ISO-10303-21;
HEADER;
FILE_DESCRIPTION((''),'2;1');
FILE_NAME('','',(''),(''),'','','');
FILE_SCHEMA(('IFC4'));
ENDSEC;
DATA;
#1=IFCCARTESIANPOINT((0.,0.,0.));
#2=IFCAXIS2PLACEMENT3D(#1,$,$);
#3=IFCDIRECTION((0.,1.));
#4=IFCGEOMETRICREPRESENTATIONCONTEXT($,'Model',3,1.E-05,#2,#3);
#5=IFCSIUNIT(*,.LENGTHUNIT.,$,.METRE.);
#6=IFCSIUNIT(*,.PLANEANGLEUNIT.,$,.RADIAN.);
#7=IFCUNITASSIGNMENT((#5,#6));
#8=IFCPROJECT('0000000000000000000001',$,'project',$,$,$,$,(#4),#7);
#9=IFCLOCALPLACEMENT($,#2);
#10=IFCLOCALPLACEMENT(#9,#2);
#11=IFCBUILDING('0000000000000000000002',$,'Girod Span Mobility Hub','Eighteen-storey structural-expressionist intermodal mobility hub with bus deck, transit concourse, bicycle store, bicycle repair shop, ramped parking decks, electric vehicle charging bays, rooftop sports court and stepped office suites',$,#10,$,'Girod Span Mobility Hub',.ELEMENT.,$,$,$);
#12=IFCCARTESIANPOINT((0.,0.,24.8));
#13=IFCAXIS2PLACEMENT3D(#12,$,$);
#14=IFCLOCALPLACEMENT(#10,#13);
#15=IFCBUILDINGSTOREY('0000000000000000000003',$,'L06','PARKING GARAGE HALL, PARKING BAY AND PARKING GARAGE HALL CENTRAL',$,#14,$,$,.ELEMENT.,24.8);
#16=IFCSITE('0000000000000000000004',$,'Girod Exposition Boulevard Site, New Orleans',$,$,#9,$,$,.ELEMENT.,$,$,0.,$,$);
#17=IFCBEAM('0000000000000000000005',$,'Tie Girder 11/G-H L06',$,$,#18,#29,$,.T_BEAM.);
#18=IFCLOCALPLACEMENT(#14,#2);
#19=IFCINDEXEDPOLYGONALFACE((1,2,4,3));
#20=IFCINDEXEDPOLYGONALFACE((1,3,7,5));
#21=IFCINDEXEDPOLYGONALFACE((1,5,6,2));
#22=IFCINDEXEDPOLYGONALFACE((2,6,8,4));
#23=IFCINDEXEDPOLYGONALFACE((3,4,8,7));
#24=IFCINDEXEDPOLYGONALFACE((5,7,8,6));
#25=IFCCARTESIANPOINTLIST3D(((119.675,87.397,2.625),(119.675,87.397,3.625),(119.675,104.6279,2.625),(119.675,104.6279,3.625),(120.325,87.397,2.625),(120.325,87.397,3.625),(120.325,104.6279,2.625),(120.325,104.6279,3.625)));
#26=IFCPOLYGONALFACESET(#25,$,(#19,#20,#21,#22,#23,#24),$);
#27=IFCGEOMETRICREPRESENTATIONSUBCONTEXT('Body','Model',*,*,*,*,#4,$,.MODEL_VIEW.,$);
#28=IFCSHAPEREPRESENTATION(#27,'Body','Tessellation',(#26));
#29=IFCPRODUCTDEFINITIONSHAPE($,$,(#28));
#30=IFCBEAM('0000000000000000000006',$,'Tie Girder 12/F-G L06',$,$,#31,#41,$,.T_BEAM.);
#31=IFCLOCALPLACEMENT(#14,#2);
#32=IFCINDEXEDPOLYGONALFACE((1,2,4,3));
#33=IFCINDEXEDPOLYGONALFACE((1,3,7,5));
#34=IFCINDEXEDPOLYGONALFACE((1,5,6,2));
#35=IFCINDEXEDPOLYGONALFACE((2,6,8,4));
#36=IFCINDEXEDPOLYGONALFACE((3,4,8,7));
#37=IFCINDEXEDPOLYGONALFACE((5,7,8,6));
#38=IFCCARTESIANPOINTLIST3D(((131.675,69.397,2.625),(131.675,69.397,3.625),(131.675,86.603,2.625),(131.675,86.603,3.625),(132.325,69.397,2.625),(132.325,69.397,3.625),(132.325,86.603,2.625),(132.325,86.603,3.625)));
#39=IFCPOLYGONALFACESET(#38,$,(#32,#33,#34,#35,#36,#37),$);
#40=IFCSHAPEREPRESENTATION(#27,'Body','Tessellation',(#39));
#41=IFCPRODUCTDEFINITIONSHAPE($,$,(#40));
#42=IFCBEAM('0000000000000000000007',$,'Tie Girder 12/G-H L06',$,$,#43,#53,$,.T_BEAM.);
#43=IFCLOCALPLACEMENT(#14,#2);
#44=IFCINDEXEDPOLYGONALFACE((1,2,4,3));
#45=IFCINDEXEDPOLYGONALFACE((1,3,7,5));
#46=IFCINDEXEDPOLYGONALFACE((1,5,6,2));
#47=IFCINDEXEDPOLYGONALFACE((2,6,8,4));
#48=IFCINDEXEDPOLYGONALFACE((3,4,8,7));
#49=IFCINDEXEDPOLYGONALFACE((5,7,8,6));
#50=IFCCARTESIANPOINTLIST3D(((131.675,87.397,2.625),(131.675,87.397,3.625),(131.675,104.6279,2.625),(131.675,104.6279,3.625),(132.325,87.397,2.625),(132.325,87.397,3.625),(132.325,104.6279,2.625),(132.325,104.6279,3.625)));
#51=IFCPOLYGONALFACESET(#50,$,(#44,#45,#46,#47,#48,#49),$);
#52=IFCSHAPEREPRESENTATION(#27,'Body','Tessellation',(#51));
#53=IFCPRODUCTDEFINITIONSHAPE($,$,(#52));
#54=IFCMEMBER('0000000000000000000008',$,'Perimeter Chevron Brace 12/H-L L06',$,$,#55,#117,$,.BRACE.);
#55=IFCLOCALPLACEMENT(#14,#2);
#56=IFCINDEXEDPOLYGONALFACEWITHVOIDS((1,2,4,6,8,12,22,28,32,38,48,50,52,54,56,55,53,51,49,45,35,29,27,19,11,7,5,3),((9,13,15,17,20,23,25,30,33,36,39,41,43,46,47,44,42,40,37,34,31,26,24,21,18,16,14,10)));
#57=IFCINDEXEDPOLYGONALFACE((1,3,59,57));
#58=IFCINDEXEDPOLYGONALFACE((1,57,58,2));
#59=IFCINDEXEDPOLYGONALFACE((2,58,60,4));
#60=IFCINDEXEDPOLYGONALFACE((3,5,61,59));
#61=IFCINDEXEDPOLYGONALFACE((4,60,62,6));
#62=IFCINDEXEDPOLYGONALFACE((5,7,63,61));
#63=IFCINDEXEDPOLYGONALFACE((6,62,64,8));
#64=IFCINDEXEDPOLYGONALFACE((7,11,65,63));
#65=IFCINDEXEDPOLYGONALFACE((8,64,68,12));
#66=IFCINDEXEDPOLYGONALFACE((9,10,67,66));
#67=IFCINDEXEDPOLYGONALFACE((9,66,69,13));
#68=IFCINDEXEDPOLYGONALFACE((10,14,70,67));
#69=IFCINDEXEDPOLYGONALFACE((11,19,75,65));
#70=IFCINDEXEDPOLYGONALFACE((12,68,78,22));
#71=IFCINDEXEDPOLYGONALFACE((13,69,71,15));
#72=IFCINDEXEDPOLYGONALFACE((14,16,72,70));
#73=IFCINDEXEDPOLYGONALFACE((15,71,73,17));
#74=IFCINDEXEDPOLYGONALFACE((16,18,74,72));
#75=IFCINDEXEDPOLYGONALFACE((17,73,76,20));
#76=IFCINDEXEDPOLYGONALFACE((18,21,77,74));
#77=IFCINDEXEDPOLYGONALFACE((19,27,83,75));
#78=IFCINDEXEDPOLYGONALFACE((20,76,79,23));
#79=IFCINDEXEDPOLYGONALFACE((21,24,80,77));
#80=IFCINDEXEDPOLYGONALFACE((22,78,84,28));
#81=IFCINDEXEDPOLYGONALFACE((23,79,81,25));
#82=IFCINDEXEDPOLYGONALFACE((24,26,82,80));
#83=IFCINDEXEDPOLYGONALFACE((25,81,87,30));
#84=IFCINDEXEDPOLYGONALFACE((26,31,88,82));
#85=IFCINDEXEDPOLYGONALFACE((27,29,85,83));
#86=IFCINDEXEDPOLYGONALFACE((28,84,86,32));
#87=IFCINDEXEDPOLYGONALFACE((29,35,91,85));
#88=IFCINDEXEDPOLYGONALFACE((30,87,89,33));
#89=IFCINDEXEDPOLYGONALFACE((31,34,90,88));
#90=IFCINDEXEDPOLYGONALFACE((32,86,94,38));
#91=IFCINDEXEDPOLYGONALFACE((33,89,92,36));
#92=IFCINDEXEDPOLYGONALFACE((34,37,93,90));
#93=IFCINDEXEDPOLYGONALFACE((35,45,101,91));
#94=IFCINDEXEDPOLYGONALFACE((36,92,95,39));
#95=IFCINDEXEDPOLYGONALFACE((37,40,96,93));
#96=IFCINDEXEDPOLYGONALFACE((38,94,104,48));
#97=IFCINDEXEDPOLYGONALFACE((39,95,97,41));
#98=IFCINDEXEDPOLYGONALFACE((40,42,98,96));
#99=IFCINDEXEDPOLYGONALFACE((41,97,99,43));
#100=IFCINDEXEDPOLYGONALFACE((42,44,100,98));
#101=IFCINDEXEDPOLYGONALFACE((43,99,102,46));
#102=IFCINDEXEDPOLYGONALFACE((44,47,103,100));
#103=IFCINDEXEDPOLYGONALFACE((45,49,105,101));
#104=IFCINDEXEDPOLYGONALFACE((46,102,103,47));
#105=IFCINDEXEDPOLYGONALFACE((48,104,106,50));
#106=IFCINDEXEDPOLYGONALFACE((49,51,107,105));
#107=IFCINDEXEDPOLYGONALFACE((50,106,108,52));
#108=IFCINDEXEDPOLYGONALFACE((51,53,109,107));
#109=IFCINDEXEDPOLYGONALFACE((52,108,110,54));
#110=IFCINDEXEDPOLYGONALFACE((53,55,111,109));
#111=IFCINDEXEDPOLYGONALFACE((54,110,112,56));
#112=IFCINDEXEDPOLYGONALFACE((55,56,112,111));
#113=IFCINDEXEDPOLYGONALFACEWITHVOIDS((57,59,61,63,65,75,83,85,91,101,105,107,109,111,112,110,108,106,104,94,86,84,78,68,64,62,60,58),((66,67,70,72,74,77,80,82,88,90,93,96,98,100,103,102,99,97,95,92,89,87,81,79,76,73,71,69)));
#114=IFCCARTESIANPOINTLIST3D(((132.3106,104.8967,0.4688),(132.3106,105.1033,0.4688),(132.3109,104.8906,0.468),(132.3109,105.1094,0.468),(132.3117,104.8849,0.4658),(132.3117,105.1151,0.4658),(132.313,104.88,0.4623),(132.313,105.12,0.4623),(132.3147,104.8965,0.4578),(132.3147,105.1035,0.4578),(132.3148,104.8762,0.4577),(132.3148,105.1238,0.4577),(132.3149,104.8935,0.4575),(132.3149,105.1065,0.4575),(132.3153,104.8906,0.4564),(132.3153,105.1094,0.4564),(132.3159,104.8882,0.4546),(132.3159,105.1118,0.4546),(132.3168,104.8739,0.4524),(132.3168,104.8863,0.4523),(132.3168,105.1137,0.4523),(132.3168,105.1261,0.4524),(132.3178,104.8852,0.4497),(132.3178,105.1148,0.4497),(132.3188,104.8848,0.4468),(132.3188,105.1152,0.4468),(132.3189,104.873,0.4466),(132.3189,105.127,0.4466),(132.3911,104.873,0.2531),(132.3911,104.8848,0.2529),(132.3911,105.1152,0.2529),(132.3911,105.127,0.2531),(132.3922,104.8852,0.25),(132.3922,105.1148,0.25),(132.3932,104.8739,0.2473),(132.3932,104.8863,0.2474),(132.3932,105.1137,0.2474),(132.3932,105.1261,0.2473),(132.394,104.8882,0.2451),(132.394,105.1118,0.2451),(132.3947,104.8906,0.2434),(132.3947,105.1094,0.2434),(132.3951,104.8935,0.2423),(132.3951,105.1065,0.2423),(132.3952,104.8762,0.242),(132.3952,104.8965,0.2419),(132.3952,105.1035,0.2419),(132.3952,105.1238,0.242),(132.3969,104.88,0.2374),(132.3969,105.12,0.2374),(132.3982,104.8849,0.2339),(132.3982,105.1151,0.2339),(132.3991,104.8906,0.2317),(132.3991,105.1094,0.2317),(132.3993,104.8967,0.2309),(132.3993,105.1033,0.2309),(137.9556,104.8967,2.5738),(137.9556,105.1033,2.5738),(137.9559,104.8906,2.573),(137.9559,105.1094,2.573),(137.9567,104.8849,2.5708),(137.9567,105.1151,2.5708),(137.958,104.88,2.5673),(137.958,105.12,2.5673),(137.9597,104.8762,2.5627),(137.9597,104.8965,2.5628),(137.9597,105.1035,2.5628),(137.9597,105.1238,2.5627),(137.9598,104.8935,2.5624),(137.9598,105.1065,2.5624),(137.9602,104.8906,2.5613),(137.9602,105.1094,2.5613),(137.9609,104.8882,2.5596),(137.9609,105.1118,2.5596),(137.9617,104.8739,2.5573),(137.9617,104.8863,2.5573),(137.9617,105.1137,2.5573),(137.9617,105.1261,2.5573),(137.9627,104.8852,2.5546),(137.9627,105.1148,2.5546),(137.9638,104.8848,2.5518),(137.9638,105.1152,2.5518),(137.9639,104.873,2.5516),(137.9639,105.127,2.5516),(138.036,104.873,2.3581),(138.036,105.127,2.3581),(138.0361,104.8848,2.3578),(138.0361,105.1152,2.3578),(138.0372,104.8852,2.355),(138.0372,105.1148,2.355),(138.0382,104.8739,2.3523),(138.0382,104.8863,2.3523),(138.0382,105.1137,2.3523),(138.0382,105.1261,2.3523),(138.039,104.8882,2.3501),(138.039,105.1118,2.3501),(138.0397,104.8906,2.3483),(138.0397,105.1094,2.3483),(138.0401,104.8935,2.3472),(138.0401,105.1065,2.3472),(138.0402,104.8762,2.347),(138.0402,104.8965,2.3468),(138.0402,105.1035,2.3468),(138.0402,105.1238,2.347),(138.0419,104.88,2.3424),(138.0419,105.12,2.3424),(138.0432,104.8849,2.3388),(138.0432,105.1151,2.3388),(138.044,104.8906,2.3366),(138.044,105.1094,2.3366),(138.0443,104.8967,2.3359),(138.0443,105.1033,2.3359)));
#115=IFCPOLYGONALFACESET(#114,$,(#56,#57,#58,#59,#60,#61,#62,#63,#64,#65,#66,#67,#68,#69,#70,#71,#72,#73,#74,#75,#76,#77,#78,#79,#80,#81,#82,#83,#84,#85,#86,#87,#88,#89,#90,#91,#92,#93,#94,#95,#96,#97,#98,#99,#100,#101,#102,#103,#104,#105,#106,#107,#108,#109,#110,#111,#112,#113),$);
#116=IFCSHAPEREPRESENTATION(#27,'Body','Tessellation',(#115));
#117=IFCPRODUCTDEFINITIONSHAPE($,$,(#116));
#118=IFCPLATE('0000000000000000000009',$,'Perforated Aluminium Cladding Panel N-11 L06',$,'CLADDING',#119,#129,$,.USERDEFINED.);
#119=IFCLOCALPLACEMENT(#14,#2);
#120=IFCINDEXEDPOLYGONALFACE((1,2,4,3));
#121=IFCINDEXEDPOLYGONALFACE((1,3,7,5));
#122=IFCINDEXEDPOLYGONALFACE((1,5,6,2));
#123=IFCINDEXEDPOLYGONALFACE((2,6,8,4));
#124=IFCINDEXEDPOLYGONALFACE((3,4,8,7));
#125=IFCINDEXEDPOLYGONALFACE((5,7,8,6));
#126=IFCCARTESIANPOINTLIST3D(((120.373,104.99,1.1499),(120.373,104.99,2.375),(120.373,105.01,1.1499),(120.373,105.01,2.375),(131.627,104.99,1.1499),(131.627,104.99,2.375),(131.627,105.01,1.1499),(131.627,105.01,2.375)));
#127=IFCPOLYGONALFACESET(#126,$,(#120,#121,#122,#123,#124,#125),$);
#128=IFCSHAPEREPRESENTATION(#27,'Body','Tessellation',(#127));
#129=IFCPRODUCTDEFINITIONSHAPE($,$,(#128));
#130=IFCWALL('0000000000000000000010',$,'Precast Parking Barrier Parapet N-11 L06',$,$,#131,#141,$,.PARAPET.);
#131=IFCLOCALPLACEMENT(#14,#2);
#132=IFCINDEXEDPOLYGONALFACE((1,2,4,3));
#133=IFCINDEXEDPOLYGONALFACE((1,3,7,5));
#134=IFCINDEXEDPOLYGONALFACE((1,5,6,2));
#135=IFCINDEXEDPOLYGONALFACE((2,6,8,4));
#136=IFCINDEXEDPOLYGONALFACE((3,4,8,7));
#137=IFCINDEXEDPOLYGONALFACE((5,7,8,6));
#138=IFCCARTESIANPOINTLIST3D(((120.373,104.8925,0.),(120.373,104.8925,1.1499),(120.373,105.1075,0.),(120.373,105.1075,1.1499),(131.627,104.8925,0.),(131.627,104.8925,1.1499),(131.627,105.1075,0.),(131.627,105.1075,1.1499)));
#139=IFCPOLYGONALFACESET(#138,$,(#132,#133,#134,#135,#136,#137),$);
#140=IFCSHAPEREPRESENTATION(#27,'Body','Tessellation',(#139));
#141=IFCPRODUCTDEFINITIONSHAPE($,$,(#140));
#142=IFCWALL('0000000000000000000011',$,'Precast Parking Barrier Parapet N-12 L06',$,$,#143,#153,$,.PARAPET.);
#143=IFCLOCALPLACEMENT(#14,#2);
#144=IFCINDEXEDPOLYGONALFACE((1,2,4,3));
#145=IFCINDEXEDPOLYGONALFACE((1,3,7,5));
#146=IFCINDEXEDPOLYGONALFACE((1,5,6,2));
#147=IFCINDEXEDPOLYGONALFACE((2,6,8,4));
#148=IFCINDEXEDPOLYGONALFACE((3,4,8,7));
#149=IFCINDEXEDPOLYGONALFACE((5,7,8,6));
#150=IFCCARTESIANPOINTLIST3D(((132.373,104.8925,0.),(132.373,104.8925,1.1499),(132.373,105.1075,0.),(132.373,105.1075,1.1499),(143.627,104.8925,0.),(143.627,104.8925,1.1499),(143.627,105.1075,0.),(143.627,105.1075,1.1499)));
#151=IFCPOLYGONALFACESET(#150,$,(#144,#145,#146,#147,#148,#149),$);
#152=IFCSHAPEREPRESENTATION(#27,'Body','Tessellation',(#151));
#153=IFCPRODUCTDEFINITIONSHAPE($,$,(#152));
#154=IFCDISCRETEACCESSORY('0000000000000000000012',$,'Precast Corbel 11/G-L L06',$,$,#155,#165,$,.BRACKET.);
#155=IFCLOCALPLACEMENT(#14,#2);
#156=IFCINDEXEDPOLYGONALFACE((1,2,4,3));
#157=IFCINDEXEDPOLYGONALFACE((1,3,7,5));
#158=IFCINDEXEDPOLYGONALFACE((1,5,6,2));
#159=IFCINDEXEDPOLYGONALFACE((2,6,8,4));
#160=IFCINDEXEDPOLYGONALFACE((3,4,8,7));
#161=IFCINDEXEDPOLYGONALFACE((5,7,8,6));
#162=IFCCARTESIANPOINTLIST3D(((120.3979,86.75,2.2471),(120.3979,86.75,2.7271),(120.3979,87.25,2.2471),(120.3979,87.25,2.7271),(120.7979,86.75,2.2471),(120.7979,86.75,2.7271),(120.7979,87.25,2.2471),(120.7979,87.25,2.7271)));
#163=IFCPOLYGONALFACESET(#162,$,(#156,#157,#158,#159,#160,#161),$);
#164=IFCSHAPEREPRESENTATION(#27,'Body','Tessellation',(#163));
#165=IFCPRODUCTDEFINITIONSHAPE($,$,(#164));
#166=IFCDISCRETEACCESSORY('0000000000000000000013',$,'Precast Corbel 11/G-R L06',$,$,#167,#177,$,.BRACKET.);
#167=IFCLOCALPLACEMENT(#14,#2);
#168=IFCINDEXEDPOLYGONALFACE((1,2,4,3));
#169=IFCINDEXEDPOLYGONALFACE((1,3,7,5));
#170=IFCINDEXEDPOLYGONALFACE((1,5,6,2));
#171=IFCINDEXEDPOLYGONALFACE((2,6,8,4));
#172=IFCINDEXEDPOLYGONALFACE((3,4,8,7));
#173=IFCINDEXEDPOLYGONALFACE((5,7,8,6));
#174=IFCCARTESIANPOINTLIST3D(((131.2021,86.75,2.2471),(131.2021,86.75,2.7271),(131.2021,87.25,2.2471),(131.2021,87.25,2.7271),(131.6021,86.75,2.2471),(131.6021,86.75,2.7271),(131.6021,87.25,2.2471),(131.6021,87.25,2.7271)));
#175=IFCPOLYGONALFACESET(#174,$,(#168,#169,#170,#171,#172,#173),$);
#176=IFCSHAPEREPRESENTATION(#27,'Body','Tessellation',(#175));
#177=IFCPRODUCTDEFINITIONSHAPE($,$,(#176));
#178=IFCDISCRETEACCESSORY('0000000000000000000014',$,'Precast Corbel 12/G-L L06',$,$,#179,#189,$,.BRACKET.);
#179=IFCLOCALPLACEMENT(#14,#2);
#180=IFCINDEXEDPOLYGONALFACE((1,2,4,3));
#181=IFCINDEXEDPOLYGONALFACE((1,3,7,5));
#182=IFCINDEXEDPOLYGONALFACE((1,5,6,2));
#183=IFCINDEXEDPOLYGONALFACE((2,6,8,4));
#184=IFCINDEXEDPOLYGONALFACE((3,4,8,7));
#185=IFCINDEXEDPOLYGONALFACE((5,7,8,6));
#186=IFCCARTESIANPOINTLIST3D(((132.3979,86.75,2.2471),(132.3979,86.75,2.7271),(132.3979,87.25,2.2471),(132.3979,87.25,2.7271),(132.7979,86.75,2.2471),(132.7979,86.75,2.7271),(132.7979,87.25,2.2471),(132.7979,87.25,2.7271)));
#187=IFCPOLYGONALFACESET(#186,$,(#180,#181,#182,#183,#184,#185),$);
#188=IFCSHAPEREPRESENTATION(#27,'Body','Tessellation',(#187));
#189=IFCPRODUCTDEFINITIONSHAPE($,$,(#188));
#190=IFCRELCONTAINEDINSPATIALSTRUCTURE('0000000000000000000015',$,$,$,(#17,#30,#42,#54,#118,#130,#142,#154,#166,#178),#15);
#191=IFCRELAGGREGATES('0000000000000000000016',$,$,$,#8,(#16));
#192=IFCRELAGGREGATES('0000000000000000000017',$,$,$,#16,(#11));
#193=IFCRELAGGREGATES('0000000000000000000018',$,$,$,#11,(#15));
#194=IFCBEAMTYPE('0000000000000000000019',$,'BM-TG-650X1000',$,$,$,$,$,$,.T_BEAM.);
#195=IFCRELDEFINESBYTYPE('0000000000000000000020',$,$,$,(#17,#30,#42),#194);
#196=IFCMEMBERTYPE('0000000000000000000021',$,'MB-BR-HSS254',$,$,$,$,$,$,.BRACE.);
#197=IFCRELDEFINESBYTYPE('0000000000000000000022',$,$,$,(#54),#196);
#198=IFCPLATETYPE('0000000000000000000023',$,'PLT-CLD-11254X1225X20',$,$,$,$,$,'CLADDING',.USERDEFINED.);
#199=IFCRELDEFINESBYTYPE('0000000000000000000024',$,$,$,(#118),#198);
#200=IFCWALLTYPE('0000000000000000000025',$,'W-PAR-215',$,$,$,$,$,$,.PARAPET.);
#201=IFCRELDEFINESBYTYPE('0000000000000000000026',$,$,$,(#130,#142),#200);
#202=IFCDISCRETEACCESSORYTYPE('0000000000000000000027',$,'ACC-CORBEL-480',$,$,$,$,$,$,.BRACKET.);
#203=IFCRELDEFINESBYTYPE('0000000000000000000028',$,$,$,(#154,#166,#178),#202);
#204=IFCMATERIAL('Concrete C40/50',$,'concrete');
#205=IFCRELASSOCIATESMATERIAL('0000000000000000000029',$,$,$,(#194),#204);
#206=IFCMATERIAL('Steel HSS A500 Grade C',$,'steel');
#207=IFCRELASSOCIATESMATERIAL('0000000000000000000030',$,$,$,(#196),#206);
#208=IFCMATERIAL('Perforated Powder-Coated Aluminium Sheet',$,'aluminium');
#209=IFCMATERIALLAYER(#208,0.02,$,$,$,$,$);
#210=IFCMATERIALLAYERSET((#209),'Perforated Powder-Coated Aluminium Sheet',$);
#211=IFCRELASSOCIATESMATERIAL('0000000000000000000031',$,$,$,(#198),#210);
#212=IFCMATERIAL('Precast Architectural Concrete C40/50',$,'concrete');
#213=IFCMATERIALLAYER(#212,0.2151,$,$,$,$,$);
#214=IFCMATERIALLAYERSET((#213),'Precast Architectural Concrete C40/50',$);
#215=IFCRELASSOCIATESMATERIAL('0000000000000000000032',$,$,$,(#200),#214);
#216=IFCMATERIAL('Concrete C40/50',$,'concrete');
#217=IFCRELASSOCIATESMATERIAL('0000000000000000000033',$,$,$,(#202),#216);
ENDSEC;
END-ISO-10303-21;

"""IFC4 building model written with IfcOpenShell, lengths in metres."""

from ifc_helpers import new_model, si_unit, direction, frame, frame_2d, origin, origin_2d, place, context, subcontext, project, spatial, rectangle, hollow_rectangle, extrude, material, layer, layer_set, material_profile, profile_set, type_object, element, save


model = new_model("IFC4")

# Units and contexts
model_context = context("Model", 3, precision=1e-05, world=origin(), true_north=direction((0.0, 1.0)))
body_context = subcontext(model_context, "Body", "Model", "MODEL_VIEW")
ifc_project = project(units=[si_unit("LENGTHUNIT", "METRE"), si_unit("PLANEANGLEUNIT", "RADIAN")], contexts=[model_context])

# Site, building, storey
site_placement = place(None, origin())
site = spatial("IfcSite", under=ifc_project, at=site_placement, Name="Girod Exposition Boulevard Site, New Orleans", CompositionType="ELEMENT", RefElevation=0.0)
building_placement = place(site_placement, origin())
building = spatial("IfcBuilding", under=site, at=building_placement, Name="Girod Span Mobility Hub", Description="Eighteen-storey structural-expressionist intermodal mobility hub with bus deck, transit concourse, bicycle store, bicycle repair shop, ramped parking decks, electric vehicle charging bays, rooftop sports court and stepped office suites", LongName="Girod Span Mobility Hub", CompositionType="ELEMENT")
storey_placement = place(building_placement, frame((0.0, 0.0, 24.8)))
storey = spatial("IfcBuildingStorey", under=building, at=storey_placement, Name="L06", Description="PARKING GARAGE HALL, PARKING BAY AND PARKING GARAGE HALL CENTRAL", CompositionType="ELEMENT", Elevation=24.8)

# Beams
ifc_material_1 = material(Name="Concrete C40/50", Category="concrete")
ifc_material_profile_1 = material_profile(ifc_material_1, rectangle(XDim=0.6499, YDim=1.0, at=origin_2d()), Name="TG-650X1000")
ifc_profile_set_1 = profile_set([ifc_material_profile_1], Name="Concrete C40/50")
beam_type_1 = type_object("IfcBeamType", Name="BM-TG-650X1000", PredefinedType="T_BEAM", material=ifc_profile_set_1)
beam_1_placement = place(storey_placement, frame((120.0, 87.397, 3.125), z_axis=(0.0, 1.0, 0.0), x_axis=(-1.0, 0.0, 0.0)))
element("IfcBeam", 1, at=beam_1_placement, inside=storey, type_object=beam_type_1, Name="Tie Girder 11/G-H L06", PredefinedType="T_BEAM", context=body_context, shape_type="SweptSolid", body=[
    extrude(rectangle(XDim=0.6499, YDim=1.0, at=origin_2d()), origin(), (0.0, 0.0, 1.0), 17.231),
])
beam_2_placement = place(storey_placement, frame((132.0, 69.397, 3.125), z_axis=(0.0, 1.0, 0.0), x_axis=(-1.0, 0.0, 0.0)))
element("IfcBeam", 2, at=beam_2_placement, inside=storey, type_object=beam_type_1, Name="Tie Girder 12/F-G L06", PredefinedType="T_BEAM", context=body_context, shape_type="SweptSolid", body=[
    extrude(rectangle(XDim=0.6499, YDim=1.0, at=origin_2d()), origin(), (0.0, 0.0, 1.0), 17.2061),
])
beam_3_placement = place(storey_placement, frame((132.0, 87.397, 3.125), z_axis=(0.0, 1.0, 0.0), x_axis=(-1.0, 0.0, 0.0)))
element("IfcBeam", 3, at=beam_3_placement, inside=storey, type_object=beam_type_1, Name="Tie Girder 12/G-H L06", PredefinedType="T_BEAM", context=body_context, shape_type="SweptSolid", body=[
    extrude(rectangle(XDim=0.6499, YDim=1.0, at=origin_2d()), origin(), (0.0, 0.0, 1.0), 17.231),
])

# Member
ifc_material_2 = material(Name="Steel HSS A500 Grade C", Category="steel")
ifc_material_profile_2 = material_profile(ifc_material_2, hollow_rectangle(XDim=0.2539, YDim=0.2539, WallThickness=0.0117, InnerFilletRadius=0.0117, OuterFilletRadius=0.0237, at=origin_2d()), Name="HSS254X254X12.7")
ifc_profile_set_2 = profile_set([ifc_material_profile_2], Name="Steel HSS A500 Grade C")
member_type = type_object("IfcMemberType", Name="MB-BR-HSS254", PredefinedType="BRACE", material=ifc_profile_set_2)
member_placement = place(storey_placement, frame((132.355, 105.0, 0.3499), z_axis=(0.936977, 0.0, 0.349391), x_axis=(0.0, 1.0, 0.0)))
element("IfcMember", 4, at=member_placement, inside=storey, type_object=member_type, Name="Perimeter Chevron Brace 12/H-L L06", PredefinedType="BRACE", context=body_context, shape_type="SweptSolid", body=[
    extrude(hollow_rectangle(XDim=0.2539, YDim=0.2539, WallThickness=0.0117, InnerFilletRadius=0.0117, OuterFilletRadius=0.0237, at=origin_2d()), origin(), (0.0, 0.0, 1.0), 6.0247),
])

# Plate
ifc_material_3 = material(Name="Perforated Powder-Coated Aluminium Sheet", Category="aluminium")
ifc_layer_1 = layer(ifc_material_3, 0.02)
ifc_layer_set_1 = layer_set([ifc_layer_1], Name="Perforated Powder-Coated Aluminium Sheet")
plate_type = type_object("IfcPlateType", Name="PLT-CLD-11254X1225X20", ElementType="CLADDING", PredefinedType="USERDEFINED", material=ifc_layer_set_1)
plate_placement = place(storey_placement, frame((126.0, 105.0, 1.1499), z_axis=(0.0, 0.0, 1.0), x_axis=(1.0, 0.0, 0.0)))
element("IfcPlate", 5, at=plate_placement, inside=storey, type_object=plate_type, Name="Perforated Aluminium Cladding Panel N-11 L06", ObjectType="CLADDING", PredefinedType="USERDEFINED", context=body_context, shape_type="SweptSolid", body=[
    extrude(rectangle(XDim=11.2539, YDim=0.02, at=origin_2d()), origin(), (0.0, 0.0, 1.0), 1.2251),
])

# Walls
ifc_material_4 = material(Name="Precast Architectural Concrete C40/50", Category="concrete")
ifc_layer_2 = layer(ifc_material_4, 0.2151)
ifc_layer_set_2 = layer_set([ifc_layer_2], Name="Precast Architectural Concrete C40/50")
wall_type = type_object("IfcWallType", Name="W-PAR-215", PredefinedType="PARAPET", material=ifc_layer_set_2)
for number, where, z_axis, x_axis, name in (
    (6, (120.373, 105.0, 0.0), (0.0, 0.0, 1.0), (1.0, 0.0, 0.0), "Precast Parking Barrier Parapet N-11 L06"),
    (7, (132.373, 105.0, 0.0), (0.0, 0.0, 1.0), (1.0, 0.0, 0.0), "Precast Parking Barrier Parapet N-12 L06"),
):
    element("IfcWall", number, at=place(storey_placement, frame(where, z_axis=z_axis, x_axis=x_axis)), inside=storey, type_object=wall_type, Name=name, PredefinedType="PARAPET", context=body_context, shape_type="SweptSolid", body=[
        extrude(rectangle(XDim=11.2539, YDim=0.2151, at=frame_2d((5.627, 0.0))), origin(), (0.0, 0.0, 1.0), 1.1499),
    ])

# Discrete accessories
ifc_material_5 = material(Name="Concrete C40/50", Category="concrete")
discrete_accessory_type = type_object("IfcDiscreteAccessoryType", Name="ACC-CORBEL-480", PredefinedType="BRACKET", material=ifc_material_5)
for number, where, z_axis, x_axis, name in (
    (8, (120.5979, 87.0, 2.2471), (0.0, 0.0, 1.0), (1.0, 0.0, 0.0), "Precast Corbel 11/G-L L06"),
    (9, (131.4021, 87.0, 2.2471), (0.0, 0.0, 1.0), (1.0, 0.0, 0.0), "Precast Corbel 11/G-R L06"),
    (10, (132.5979, 87.0, 2.2471), (0.0, 0.0, 1.0), (1.0, 0.0, 0.0), "Precast Corbel 12/G-L L06"),
):
    element("IfcDiscreteAccessory", number, at=place(storey_placement, frame(where, z_axis=z_axis, x_axis=x_axis)), inside=storey, type_object=discrete_accessory_type, Name=name, PredefinedType="BRACKET", context=body_context, shape_type="SweptSolid", body=[
        extrude(rectangle(XDim=0.3999, YDim=0.5, at=origin_2d()), origin(), (0.0, 0.0, 1.0), 0.48),
    ])

save(model, "model.ifc")
